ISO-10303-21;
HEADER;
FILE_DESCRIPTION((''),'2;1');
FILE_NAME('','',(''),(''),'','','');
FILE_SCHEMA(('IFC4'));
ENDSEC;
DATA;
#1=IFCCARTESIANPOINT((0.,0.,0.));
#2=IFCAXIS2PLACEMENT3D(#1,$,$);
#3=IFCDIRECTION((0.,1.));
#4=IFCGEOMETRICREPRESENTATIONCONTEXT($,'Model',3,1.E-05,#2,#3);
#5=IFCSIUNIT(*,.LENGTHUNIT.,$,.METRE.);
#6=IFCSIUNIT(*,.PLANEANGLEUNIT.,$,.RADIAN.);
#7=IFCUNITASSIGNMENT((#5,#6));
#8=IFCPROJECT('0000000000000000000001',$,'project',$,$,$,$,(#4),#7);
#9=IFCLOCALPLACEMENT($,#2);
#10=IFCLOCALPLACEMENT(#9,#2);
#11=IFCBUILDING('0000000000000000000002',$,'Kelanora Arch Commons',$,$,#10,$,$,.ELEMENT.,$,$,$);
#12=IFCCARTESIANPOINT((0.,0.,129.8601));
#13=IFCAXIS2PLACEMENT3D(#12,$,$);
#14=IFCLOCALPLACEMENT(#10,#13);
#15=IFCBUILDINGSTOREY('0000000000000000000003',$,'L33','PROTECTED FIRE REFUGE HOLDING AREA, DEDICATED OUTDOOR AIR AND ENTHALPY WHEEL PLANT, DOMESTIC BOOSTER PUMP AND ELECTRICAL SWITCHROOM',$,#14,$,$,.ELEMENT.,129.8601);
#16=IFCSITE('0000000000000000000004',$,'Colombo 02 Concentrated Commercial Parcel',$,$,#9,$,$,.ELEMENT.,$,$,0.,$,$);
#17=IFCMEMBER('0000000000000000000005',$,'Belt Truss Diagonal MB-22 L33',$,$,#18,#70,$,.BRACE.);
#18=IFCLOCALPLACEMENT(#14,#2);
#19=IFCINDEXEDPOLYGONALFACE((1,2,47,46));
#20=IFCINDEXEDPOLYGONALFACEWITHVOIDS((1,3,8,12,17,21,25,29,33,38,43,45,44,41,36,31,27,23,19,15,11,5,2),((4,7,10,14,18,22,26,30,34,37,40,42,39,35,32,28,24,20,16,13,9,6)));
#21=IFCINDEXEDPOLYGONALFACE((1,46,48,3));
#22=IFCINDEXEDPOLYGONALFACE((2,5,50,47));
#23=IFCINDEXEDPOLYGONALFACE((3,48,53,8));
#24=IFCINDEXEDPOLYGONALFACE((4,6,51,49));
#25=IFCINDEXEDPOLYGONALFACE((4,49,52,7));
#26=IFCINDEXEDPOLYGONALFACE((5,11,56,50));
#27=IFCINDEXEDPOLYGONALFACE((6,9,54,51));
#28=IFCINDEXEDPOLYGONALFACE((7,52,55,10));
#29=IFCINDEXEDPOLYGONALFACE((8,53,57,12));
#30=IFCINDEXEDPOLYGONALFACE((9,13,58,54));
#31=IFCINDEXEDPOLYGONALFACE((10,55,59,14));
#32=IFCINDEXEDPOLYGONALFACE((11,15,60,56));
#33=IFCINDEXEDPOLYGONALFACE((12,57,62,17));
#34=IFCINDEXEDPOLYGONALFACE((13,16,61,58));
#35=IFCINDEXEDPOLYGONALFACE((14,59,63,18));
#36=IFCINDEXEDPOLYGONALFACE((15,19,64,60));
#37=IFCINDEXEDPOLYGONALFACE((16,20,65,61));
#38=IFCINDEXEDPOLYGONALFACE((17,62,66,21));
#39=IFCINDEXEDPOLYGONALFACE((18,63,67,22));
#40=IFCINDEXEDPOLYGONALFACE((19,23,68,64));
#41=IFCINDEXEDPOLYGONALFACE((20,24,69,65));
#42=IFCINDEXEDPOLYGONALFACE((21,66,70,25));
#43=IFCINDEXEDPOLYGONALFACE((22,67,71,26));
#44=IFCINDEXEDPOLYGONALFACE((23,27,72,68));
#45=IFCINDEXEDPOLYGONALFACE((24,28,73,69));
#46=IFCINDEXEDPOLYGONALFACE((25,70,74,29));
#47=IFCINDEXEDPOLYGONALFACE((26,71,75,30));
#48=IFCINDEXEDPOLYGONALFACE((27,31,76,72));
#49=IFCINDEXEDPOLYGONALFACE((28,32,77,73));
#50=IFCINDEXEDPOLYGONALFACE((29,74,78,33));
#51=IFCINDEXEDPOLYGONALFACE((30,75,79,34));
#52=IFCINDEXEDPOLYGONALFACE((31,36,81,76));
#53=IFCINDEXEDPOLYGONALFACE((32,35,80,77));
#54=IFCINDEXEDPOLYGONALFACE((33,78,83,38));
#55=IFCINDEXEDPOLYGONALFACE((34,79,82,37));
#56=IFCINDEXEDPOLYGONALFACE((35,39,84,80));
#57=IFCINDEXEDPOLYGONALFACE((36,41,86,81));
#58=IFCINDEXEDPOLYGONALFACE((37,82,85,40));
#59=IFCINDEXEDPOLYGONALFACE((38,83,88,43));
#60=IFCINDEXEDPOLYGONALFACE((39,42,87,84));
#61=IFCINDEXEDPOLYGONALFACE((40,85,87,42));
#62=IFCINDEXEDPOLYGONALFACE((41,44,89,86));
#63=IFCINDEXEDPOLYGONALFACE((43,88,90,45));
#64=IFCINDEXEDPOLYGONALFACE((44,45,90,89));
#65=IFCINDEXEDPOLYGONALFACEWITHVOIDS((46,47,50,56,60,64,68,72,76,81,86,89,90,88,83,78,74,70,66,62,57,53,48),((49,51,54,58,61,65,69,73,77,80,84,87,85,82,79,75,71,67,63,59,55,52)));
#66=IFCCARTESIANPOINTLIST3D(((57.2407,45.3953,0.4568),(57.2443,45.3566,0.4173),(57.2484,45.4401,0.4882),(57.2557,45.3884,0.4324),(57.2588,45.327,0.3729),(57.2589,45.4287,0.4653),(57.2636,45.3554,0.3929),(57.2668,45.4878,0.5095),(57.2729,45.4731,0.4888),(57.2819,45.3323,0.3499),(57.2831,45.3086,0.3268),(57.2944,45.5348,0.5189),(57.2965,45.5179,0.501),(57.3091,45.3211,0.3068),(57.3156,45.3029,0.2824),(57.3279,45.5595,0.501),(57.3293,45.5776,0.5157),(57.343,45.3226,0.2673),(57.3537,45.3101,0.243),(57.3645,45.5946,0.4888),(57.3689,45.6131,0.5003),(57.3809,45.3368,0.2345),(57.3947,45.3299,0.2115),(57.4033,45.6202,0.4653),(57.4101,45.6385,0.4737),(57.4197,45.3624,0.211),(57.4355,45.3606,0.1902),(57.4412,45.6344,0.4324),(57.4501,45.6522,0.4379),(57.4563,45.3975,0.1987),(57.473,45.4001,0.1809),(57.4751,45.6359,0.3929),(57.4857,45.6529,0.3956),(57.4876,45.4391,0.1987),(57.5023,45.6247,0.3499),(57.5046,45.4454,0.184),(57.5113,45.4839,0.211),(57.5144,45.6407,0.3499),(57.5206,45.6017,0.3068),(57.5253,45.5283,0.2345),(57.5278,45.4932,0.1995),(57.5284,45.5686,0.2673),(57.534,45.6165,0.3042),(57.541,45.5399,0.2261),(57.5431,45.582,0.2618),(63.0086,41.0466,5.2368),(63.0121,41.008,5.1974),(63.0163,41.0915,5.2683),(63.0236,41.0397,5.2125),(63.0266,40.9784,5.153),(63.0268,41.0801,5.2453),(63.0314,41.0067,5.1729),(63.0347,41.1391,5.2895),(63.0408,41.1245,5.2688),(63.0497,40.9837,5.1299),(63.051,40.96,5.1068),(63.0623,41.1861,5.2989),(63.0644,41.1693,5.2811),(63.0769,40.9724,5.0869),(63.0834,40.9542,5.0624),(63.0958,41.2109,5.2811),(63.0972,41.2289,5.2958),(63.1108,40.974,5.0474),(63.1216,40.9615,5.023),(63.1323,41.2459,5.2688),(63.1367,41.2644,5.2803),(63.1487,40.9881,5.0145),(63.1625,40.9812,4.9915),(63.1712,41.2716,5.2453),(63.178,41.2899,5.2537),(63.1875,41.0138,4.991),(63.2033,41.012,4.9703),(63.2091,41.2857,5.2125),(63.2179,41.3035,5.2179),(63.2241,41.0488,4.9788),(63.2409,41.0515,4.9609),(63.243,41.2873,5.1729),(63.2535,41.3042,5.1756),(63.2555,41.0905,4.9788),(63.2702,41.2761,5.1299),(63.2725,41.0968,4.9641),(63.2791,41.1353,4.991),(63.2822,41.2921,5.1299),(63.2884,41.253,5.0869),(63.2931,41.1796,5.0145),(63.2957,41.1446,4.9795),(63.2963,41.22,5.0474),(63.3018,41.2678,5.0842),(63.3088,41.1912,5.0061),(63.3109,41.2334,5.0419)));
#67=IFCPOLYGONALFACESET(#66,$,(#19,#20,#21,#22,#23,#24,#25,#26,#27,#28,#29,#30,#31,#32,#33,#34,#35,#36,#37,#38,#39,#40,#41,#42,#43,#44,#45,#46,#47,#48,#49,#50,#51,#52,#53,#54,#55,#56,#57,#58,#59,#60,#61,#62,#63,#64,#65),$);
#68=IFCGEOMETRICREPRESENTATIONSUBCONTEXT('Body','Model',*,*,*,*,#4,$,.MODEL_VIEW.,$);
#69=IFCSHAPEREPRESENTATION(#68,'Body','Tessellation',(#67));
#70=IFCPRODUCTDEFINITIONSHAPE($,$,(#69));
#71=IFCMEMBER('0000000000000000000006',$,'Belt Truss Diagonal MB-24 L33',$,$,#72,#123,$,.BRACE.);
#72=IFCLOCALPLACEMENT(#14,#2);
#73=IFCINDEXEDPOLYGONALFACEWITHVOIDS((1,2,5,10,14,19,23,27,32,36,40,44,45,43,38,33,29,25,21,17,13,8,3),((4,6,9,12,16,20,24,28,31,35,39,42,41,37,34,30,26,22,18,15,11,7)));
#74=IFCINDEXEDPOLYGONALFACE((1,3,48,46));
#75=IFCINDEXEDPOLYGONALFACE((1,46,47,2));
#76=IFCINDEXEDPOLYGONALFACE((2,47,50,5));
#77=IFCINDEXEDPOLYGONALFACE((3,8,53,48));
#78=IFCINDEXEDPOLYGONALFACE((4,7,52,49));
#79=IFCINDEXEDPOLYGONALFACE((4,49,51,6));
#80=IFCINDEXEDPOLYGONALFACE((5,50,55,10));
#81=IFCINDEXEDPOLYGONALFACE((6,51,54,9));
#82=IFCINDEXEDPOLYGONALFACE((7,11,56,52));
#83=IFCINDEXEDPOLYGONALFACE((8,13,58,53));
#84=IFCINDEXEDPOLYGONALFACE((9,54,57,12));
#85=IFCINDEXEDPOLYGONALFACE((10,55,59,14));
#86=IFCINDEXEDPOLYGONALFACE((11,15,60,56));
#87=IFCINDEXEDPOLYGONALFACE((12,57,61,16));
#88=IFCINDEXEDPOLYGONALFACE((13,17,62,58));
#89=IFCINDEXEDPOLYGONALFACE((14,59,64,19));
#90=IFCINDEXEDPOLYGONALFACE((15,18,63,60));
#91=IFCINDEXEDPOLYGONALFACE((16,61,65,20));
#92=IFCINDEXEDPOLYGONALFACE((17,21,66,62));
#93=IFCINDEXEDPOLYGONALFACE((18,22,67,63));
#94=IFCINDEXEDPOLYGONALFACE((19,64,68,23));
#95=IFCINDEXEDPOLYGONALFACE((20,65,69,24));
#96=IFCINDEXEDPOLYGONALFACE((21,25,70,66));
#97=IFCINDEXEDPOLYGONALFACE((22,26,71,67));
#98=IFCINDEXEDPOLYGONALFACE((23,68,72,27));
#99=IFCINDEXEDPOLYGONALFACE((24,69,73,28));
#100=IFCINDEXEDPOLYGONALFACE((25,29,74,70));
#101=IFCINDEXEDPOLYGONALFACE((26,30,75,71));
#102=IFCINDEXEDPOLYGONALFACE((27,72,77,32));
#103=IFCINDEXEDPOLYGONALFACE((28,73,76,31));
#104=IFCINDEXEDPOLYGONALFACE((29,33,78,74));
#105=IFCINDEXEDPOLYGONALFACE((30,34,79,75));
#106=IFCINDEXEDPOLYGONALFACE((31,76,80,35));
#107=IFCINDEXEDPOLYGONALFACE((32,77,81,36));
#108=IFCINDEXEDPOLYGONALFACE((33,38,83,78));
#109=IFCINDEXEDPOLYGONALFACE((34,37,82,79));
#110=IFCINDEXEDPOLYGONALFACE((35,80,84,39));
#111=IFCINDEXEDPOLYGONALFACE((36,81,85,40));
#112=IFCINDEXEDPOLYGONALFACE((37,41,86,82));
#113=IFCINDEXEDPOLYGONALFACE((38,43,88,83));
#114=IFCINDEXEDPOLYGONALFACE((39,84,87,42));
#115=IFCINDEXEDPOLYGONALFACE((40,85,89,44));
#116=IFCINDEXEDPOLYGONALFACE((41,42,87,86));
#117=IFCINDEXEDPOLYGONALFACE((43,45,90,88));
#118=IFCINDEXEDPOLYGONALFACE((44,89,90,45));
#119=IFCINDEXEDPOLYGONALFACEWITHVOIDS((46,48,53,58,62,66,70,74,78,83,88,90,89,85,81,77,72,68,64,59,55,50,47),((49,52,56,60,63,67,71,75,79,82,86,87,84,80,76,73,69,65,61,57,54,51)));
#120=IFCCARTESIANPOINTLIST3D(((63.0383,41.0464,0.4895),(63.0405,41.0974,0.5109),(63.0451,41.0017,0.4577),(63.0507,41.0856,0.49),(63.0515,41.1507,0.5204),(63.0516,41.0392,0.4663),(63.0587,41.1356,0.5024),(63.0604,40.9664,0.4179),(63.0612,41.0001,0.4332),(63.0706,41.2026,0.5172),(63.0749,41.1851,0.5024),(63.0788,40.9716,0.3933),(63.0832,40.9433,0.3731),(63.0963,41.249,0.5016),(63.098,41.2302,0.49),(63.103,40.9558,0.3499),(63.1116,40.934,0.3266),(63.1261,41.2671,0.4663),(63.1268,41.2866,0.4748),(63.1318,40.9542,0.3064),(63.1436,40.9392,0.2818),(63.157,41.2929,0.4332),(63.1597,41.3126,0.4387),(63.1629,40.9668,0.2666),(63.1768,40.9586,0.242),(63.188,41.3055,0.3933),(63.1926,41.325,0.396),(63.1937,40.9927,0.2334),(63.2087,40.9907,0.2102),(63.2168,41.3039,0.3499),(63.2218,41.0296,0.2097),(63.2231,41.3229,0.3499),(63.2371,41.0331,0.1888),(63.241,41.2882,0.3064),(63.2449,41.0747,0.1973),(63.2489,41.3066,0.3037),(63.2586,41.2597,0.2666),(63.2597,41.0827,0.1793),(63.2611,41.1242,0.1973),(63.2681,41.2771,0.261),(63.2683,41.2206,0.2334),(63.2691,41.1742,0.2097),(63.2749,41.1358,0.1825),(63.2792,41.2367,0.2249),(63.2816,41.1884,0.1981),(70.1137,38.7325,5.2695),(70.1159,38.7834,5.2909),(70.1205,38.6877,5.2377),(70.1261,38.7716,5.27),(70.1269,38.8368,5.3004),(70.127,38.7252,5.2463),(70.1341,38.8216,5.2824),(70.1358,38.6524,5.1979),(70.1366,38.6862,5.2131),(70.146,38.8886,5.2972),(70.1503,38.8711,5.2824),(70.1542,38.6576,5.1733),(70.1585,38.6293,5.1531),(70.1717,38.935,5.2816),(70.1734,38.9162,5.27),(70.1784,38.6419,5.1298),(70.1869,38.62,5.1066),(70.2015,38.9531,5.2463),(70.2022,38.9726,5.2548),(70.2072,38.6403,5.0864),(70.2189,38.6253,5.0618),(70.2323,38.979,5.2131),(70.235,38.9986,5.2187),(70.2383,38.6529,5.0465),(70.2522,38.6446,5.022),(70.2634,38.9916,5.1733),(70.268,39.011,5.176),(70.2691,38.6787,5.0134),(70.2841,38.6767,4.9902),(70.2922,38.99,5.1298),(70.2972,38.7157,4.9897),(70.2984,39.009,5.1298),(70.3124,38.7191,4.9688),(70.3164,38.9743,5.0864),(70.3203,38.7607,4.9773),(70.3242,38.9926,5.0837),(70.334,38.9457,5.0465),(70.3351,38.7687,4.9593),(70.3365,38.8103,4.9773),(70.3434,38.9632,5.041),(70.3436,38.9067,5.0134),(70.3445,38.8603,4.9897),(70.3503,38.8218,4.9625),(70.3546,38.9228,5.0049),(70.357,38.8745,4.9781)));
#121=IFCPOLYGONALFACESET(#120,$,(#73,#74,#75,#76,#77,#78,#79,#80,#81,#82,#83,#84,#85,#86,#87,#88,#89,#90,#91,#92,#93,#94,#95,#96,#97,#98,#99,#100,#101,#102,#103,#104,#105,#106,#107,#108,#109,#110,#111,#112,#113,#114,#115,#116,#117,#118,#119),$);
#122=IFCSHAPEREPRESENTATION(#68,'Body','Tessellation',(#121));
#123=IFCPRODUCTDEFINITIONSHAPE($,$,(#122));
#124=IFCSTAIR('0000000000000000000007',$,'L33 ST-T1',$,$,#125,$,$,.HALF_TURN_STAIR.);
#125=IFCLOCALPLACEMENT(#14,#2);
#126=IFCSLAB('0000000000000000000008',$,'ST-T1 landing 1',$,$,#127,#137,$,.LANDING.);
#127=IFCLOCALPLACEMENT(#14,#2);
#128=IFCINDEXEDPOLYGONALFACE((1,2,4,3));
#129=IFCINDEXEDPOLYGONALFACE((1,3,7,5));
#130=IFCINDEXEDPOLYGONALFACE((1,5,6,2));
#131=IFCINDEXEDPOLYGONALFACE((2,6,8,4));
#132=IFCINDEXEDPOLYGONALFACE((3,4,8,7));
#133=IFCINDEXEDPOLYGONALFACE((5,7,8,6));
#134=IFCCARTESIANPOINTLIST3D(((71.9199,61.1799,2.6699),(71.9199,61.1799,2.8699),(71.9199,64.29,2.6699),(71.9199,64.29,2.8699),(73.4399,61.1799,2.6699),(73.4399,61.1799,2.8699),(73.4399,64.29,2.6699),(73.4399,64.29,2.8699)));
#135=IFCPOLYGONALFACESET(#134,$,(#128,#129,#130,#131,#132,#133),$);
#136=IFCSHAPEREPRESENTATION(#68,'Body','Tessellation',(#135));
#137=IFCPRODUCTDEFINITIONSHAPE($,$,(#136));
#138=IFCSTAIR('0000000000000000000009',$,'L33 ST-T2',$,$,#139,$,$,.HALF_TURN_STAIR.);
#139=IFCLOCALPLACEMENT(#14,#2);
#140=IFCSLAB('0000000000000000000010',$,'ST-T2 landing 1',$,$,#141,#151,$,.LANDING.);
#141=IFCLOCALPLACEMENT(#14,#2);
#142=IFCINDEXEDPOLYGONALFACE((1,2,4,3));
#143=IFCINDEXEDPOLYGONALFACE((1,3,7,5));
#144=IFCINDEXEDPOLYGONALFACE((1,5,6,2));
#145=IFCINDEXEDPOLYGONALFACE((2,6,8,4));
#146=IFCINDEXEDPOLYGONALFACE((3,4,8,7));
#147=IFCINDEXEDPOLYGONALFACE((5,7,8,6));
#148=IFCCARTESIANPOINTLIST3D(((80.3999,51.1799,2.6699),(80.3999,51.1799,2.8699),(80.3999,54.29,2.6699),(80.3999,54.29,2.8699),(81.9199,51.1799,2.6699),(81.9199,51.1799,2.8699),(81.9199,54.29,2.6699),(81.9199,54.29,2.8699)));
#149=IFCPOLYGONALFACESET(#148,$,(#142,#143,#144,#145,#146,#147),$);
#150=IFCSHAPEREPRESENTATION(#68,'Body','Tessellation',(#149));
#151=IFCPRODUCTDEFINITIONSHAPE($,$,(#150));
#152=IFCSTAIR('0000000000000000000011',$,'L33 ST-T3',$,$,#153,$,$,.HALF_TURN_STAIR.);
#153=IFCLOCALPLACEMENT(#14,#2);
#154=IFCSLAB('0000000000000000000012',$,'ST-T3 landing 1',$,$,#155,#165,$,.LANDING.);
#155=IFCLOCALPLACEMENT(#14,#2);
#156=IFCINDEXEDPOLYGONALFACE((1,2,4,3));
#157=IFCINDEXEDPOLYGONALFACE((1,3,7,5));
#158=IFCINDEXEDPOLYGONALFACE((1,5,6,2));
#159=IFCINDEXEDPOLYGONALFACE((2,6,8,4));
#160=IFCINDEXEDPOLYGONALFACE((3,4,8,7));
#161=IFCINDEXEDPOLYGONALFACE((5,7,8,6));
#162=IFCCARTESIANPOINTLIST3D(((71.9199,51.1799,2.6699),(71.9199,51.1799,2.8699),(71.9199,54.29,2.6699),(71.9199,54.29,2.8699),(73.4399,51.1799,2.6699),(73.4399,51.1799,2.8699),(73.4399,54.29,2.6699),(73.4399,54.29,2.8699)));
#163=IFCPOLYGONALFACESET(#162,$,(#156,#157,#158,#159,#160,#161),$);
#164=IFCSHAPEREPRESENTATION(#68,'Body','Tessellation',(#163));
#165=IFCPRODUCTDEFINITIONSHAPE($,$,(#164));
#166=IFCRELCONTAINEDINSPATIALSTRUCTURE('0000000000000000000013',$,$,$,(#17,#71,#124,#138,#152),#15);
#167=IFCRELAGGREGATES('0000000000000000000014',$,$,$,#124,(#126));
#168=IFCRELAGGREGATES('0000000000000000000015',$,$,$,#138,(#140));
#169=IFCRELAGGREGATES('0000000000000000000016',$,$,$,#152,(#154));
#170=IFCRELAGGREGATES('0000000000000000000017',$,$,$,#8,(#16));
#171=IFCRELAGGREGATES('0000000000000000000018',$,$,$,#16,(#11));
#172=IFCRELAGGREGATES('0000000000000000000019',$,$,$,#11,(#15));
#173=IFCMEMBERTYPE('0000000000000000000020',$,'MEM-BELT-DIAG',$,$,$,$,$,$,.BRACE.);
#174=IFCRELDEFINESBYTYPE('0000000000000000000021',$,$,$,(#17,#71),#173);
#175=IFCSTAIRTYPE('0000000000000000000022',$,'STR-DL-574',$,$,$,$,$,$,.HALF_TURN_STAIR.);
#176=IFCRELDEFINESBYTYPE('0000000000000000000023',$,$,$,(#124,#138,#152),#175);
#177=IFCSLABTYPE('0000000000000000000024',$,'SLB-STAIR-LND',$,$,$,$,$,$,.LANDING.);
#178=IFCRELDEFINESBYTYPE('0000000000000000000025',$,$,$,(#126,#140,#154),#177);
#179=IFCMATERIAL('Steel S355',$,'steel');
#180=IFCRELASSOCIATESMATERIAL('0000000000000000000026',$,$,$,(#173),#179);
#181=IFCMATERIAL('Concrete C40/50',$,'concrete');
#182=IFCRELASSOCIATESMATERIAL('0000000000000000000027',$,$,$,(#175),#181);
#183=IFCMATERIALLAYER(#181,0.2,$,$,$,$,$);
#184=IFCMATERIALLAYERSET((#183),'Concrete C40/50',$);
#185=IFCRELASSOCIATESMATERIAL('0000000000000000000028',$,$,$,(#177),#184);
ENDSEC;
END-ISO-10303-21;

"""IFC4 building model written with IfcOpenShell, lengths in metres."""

from ifc_helpers import new_model, si_unit, direction, frame, origin, origin_2d, place, context, subcontext, project, spatial, polyline, hollow_circle, outline, extrude, material, layer, layer_set, material_profile, profile_set, type_object, element, aggregate, save


model = new_model("IFC4")

# Units and contexts
model_context = context("Model", 3, precision=1e-05, world=origin(), true_north=direction((0.0, 1.0)))
body_context = subcontext(model_context, "Body", "Model", "MODEL_VIEW")
ifc_project = project(units=[si_unit("LENGTHUNIT", "METRE"), si_unit("PLANEANGLEUNIT", "RADIAN")], contexts=[model_context])

# Site, building, storey
site_placement = place(None, origin())
site = spatial("IfcSite", under=ifc_project, at=site_placement, Name="Colombo 02 Concentrated Commercial Parcel", CompositionType="ELEMENT", RefElevation=0.0)
building_placement = place(site_placement, origin())
building = spatial("IfcBuilding", under=site, at=building_placement, Name="Kelanora Arch Commons", CompositionType="ELEMENT")
storey_placement = place(building_placement, frame((0.0, 0.0, 129.8601)))
storey = spatial("IfcBuildingStorey", under=building, at=storey_placement, Name="L33", Description="PROTECTED FIRE REFUGE HOLDING AREA, DEDICATED OUTDOOR AIR AND ENTHALPY WHEEL PLANT, DOMESTIC BOOSTER PUMP AND ELECTRICAL SWITCHROOM", CompositionType="ELEMENT", Elevation=129.8601)

# Shared definitions
ifc_material_1 = material(Name="Steel S355", Category="steel")

# Members
ifc_material_profile_1 = material_profile(ifc_material_1, hollow_circle(Radius=0.2031, WallThickness=0.02, at=origin_2d()), Name="CHS406.4x20")
ifc_profile_set_1 = profile_set([ifc_material_profile_1], Name="Steel S355")
member_type = type_object("IfcMemberType", Name="MEM-BELT-DIAG", PredefinedType="BRACE", material=ifc_profile_set_1)
member_1_placement = place(storey_placement, frame((57.3921, 45.4785, 0.3499), z_axis=(0.665891, -0.502046, 0.551851), x_axis=(0.602015, 0.798485, 0.0)))
element("IfcMember", 1, at=member_1_placement, inside=storey, type_object=member_type, Name="Belt Truss Diagonal MB-22 L33", PredefinedType="BRACE", context=body_context, shape_type="SweptSolid", body=[
    extrude(hollow_circle(Radius=0.2031, WallThickness=0.02, at=origin_2d()), origin(), (0.0, 0.0, 1.0), 8.6619),
])
member_2_placement = place(storey_placement, frame((63.1599, 41.1299, 0.3499), z_axis=(0.799779, -0.261561, 0.540315), x_axis=(0.310841, 0.950462, 0.0)))
element("IfcMember", 2, at=member_2_placement, inside=storey, type_object=member_type, Name="Belt Truss Diagonal MB-24 L33", PredefinedType="BRACE", context=body_context, shape_type="SweptSolid", body=[
    extrude(hollow_circle(Radius=0.2031, WallThickness=0.02, at=origin_2d()), origin(), (0.0, 0.0, 1.0), 8.8467),
])

# Stairs, slabs
ifc_material_2 = material(Name="Concrete C40/50", Category="concrete")
stair_type = type_object("IfcStairType", Name="STR-DL-574", PredefinedType="HALF_TURN_STAIR", material=ifc_material_2)
stair_1_placement = place(storey_placement, origin())
stair_1 = element("IfcStair", 3, at=stair_1_placement, inside=storey, type_object=stair_type, Name="L33 ST-T1", PredefinedType="HALF_TURN_STAIR")
ifc_layer_1 = layer(ifc_material_2, 0.2)
ifc_layer_set_1 = layer_set([ifc_layer_1], Name="Concrete C40/50")
slab_type_1 = type_object("IfcSlabType", Name="SLB-STAIR-LND", PredefinedType="LANDING", material=ifc_layer_set_1)
slab_1_placement = place(storey_placement, frame((0.0, 0.0, 2.6699)))
slab_1 = element("IfcSlab", 4, at=slab_1_placement, type_object=slab_type_1, Name="ST-T1 landing 1", PredefinedType="LANDING", context=body_context, shape_type="SweptSolid", body=[
    extrude(outline(polyline([(71.9199, 61.1799), (73.4399, 61.1799), (73.4399, 64.29), (71.9199, 64.29), (71.9199, 61.1799)])), origin(), (0.0, 0.0, 1.0), 0.2),
])
aggregate(stair_1, [slab_1])
stair_2_placement = place(storey_placement, origin())
stair_2 = element("IfcStair", 5, at=stair_2_placement, inside=storey, type_object=stair_type, Name="L33 ST-T2", PredefinedType="HALF_TURN_STAIR")
slab_2_placement = place(storey_placement, frame((0.0, 0.0, 2.6699)))
slab_2 = element("IfcSlab", 6, at=slab_2_placement, type_object=slab_type_1, Name="ST-T2 landing 1", PredefinedType="LANDING", context=body_context, shape_type="SweptSolid", body=[
    extrude(outline(polyline([(80.3999, 51.1799), (81.9199, 51.1799), (81.9199, 54.29), (80.3999, 54.29), (80.3999, 51.1799)])), origin(), (0.0, 0.0, 1.0), 0.2),
])
aggregate(stair_2, [slab_2])
stair_3_placement = place(storey_placement, origin())
stair_3 = element("IfcStair", 7, at=stair_3_placement, inside=storey, type_object=stair_type, Name="L33 ST-T3", PredefinedType="HALF_TURN_STAIR")
slab_3_placement = place(storey_placement, frame((0.0, 0.0, 2.6699)))
slab_3 = element("IfcSlab", 8, at=slab_3_placement, type_object=slab_type_1, Name="ST-T3 landing 1", PredefinedType="LANDING", context=body_context, shape_type="SweptSolid", body=[
    extrude(outline(polyline([(71.9199, 51.1799), (73.4399, 51.1799), (73.4399, 54.29), (71.9199, 54.29), (71.9199, 51.1799)])), origin(), (0.0, 0.0, 1.0), 0.2),
])
aggregate(stair_3, [slab_3])

save(model, "model.ifc")
